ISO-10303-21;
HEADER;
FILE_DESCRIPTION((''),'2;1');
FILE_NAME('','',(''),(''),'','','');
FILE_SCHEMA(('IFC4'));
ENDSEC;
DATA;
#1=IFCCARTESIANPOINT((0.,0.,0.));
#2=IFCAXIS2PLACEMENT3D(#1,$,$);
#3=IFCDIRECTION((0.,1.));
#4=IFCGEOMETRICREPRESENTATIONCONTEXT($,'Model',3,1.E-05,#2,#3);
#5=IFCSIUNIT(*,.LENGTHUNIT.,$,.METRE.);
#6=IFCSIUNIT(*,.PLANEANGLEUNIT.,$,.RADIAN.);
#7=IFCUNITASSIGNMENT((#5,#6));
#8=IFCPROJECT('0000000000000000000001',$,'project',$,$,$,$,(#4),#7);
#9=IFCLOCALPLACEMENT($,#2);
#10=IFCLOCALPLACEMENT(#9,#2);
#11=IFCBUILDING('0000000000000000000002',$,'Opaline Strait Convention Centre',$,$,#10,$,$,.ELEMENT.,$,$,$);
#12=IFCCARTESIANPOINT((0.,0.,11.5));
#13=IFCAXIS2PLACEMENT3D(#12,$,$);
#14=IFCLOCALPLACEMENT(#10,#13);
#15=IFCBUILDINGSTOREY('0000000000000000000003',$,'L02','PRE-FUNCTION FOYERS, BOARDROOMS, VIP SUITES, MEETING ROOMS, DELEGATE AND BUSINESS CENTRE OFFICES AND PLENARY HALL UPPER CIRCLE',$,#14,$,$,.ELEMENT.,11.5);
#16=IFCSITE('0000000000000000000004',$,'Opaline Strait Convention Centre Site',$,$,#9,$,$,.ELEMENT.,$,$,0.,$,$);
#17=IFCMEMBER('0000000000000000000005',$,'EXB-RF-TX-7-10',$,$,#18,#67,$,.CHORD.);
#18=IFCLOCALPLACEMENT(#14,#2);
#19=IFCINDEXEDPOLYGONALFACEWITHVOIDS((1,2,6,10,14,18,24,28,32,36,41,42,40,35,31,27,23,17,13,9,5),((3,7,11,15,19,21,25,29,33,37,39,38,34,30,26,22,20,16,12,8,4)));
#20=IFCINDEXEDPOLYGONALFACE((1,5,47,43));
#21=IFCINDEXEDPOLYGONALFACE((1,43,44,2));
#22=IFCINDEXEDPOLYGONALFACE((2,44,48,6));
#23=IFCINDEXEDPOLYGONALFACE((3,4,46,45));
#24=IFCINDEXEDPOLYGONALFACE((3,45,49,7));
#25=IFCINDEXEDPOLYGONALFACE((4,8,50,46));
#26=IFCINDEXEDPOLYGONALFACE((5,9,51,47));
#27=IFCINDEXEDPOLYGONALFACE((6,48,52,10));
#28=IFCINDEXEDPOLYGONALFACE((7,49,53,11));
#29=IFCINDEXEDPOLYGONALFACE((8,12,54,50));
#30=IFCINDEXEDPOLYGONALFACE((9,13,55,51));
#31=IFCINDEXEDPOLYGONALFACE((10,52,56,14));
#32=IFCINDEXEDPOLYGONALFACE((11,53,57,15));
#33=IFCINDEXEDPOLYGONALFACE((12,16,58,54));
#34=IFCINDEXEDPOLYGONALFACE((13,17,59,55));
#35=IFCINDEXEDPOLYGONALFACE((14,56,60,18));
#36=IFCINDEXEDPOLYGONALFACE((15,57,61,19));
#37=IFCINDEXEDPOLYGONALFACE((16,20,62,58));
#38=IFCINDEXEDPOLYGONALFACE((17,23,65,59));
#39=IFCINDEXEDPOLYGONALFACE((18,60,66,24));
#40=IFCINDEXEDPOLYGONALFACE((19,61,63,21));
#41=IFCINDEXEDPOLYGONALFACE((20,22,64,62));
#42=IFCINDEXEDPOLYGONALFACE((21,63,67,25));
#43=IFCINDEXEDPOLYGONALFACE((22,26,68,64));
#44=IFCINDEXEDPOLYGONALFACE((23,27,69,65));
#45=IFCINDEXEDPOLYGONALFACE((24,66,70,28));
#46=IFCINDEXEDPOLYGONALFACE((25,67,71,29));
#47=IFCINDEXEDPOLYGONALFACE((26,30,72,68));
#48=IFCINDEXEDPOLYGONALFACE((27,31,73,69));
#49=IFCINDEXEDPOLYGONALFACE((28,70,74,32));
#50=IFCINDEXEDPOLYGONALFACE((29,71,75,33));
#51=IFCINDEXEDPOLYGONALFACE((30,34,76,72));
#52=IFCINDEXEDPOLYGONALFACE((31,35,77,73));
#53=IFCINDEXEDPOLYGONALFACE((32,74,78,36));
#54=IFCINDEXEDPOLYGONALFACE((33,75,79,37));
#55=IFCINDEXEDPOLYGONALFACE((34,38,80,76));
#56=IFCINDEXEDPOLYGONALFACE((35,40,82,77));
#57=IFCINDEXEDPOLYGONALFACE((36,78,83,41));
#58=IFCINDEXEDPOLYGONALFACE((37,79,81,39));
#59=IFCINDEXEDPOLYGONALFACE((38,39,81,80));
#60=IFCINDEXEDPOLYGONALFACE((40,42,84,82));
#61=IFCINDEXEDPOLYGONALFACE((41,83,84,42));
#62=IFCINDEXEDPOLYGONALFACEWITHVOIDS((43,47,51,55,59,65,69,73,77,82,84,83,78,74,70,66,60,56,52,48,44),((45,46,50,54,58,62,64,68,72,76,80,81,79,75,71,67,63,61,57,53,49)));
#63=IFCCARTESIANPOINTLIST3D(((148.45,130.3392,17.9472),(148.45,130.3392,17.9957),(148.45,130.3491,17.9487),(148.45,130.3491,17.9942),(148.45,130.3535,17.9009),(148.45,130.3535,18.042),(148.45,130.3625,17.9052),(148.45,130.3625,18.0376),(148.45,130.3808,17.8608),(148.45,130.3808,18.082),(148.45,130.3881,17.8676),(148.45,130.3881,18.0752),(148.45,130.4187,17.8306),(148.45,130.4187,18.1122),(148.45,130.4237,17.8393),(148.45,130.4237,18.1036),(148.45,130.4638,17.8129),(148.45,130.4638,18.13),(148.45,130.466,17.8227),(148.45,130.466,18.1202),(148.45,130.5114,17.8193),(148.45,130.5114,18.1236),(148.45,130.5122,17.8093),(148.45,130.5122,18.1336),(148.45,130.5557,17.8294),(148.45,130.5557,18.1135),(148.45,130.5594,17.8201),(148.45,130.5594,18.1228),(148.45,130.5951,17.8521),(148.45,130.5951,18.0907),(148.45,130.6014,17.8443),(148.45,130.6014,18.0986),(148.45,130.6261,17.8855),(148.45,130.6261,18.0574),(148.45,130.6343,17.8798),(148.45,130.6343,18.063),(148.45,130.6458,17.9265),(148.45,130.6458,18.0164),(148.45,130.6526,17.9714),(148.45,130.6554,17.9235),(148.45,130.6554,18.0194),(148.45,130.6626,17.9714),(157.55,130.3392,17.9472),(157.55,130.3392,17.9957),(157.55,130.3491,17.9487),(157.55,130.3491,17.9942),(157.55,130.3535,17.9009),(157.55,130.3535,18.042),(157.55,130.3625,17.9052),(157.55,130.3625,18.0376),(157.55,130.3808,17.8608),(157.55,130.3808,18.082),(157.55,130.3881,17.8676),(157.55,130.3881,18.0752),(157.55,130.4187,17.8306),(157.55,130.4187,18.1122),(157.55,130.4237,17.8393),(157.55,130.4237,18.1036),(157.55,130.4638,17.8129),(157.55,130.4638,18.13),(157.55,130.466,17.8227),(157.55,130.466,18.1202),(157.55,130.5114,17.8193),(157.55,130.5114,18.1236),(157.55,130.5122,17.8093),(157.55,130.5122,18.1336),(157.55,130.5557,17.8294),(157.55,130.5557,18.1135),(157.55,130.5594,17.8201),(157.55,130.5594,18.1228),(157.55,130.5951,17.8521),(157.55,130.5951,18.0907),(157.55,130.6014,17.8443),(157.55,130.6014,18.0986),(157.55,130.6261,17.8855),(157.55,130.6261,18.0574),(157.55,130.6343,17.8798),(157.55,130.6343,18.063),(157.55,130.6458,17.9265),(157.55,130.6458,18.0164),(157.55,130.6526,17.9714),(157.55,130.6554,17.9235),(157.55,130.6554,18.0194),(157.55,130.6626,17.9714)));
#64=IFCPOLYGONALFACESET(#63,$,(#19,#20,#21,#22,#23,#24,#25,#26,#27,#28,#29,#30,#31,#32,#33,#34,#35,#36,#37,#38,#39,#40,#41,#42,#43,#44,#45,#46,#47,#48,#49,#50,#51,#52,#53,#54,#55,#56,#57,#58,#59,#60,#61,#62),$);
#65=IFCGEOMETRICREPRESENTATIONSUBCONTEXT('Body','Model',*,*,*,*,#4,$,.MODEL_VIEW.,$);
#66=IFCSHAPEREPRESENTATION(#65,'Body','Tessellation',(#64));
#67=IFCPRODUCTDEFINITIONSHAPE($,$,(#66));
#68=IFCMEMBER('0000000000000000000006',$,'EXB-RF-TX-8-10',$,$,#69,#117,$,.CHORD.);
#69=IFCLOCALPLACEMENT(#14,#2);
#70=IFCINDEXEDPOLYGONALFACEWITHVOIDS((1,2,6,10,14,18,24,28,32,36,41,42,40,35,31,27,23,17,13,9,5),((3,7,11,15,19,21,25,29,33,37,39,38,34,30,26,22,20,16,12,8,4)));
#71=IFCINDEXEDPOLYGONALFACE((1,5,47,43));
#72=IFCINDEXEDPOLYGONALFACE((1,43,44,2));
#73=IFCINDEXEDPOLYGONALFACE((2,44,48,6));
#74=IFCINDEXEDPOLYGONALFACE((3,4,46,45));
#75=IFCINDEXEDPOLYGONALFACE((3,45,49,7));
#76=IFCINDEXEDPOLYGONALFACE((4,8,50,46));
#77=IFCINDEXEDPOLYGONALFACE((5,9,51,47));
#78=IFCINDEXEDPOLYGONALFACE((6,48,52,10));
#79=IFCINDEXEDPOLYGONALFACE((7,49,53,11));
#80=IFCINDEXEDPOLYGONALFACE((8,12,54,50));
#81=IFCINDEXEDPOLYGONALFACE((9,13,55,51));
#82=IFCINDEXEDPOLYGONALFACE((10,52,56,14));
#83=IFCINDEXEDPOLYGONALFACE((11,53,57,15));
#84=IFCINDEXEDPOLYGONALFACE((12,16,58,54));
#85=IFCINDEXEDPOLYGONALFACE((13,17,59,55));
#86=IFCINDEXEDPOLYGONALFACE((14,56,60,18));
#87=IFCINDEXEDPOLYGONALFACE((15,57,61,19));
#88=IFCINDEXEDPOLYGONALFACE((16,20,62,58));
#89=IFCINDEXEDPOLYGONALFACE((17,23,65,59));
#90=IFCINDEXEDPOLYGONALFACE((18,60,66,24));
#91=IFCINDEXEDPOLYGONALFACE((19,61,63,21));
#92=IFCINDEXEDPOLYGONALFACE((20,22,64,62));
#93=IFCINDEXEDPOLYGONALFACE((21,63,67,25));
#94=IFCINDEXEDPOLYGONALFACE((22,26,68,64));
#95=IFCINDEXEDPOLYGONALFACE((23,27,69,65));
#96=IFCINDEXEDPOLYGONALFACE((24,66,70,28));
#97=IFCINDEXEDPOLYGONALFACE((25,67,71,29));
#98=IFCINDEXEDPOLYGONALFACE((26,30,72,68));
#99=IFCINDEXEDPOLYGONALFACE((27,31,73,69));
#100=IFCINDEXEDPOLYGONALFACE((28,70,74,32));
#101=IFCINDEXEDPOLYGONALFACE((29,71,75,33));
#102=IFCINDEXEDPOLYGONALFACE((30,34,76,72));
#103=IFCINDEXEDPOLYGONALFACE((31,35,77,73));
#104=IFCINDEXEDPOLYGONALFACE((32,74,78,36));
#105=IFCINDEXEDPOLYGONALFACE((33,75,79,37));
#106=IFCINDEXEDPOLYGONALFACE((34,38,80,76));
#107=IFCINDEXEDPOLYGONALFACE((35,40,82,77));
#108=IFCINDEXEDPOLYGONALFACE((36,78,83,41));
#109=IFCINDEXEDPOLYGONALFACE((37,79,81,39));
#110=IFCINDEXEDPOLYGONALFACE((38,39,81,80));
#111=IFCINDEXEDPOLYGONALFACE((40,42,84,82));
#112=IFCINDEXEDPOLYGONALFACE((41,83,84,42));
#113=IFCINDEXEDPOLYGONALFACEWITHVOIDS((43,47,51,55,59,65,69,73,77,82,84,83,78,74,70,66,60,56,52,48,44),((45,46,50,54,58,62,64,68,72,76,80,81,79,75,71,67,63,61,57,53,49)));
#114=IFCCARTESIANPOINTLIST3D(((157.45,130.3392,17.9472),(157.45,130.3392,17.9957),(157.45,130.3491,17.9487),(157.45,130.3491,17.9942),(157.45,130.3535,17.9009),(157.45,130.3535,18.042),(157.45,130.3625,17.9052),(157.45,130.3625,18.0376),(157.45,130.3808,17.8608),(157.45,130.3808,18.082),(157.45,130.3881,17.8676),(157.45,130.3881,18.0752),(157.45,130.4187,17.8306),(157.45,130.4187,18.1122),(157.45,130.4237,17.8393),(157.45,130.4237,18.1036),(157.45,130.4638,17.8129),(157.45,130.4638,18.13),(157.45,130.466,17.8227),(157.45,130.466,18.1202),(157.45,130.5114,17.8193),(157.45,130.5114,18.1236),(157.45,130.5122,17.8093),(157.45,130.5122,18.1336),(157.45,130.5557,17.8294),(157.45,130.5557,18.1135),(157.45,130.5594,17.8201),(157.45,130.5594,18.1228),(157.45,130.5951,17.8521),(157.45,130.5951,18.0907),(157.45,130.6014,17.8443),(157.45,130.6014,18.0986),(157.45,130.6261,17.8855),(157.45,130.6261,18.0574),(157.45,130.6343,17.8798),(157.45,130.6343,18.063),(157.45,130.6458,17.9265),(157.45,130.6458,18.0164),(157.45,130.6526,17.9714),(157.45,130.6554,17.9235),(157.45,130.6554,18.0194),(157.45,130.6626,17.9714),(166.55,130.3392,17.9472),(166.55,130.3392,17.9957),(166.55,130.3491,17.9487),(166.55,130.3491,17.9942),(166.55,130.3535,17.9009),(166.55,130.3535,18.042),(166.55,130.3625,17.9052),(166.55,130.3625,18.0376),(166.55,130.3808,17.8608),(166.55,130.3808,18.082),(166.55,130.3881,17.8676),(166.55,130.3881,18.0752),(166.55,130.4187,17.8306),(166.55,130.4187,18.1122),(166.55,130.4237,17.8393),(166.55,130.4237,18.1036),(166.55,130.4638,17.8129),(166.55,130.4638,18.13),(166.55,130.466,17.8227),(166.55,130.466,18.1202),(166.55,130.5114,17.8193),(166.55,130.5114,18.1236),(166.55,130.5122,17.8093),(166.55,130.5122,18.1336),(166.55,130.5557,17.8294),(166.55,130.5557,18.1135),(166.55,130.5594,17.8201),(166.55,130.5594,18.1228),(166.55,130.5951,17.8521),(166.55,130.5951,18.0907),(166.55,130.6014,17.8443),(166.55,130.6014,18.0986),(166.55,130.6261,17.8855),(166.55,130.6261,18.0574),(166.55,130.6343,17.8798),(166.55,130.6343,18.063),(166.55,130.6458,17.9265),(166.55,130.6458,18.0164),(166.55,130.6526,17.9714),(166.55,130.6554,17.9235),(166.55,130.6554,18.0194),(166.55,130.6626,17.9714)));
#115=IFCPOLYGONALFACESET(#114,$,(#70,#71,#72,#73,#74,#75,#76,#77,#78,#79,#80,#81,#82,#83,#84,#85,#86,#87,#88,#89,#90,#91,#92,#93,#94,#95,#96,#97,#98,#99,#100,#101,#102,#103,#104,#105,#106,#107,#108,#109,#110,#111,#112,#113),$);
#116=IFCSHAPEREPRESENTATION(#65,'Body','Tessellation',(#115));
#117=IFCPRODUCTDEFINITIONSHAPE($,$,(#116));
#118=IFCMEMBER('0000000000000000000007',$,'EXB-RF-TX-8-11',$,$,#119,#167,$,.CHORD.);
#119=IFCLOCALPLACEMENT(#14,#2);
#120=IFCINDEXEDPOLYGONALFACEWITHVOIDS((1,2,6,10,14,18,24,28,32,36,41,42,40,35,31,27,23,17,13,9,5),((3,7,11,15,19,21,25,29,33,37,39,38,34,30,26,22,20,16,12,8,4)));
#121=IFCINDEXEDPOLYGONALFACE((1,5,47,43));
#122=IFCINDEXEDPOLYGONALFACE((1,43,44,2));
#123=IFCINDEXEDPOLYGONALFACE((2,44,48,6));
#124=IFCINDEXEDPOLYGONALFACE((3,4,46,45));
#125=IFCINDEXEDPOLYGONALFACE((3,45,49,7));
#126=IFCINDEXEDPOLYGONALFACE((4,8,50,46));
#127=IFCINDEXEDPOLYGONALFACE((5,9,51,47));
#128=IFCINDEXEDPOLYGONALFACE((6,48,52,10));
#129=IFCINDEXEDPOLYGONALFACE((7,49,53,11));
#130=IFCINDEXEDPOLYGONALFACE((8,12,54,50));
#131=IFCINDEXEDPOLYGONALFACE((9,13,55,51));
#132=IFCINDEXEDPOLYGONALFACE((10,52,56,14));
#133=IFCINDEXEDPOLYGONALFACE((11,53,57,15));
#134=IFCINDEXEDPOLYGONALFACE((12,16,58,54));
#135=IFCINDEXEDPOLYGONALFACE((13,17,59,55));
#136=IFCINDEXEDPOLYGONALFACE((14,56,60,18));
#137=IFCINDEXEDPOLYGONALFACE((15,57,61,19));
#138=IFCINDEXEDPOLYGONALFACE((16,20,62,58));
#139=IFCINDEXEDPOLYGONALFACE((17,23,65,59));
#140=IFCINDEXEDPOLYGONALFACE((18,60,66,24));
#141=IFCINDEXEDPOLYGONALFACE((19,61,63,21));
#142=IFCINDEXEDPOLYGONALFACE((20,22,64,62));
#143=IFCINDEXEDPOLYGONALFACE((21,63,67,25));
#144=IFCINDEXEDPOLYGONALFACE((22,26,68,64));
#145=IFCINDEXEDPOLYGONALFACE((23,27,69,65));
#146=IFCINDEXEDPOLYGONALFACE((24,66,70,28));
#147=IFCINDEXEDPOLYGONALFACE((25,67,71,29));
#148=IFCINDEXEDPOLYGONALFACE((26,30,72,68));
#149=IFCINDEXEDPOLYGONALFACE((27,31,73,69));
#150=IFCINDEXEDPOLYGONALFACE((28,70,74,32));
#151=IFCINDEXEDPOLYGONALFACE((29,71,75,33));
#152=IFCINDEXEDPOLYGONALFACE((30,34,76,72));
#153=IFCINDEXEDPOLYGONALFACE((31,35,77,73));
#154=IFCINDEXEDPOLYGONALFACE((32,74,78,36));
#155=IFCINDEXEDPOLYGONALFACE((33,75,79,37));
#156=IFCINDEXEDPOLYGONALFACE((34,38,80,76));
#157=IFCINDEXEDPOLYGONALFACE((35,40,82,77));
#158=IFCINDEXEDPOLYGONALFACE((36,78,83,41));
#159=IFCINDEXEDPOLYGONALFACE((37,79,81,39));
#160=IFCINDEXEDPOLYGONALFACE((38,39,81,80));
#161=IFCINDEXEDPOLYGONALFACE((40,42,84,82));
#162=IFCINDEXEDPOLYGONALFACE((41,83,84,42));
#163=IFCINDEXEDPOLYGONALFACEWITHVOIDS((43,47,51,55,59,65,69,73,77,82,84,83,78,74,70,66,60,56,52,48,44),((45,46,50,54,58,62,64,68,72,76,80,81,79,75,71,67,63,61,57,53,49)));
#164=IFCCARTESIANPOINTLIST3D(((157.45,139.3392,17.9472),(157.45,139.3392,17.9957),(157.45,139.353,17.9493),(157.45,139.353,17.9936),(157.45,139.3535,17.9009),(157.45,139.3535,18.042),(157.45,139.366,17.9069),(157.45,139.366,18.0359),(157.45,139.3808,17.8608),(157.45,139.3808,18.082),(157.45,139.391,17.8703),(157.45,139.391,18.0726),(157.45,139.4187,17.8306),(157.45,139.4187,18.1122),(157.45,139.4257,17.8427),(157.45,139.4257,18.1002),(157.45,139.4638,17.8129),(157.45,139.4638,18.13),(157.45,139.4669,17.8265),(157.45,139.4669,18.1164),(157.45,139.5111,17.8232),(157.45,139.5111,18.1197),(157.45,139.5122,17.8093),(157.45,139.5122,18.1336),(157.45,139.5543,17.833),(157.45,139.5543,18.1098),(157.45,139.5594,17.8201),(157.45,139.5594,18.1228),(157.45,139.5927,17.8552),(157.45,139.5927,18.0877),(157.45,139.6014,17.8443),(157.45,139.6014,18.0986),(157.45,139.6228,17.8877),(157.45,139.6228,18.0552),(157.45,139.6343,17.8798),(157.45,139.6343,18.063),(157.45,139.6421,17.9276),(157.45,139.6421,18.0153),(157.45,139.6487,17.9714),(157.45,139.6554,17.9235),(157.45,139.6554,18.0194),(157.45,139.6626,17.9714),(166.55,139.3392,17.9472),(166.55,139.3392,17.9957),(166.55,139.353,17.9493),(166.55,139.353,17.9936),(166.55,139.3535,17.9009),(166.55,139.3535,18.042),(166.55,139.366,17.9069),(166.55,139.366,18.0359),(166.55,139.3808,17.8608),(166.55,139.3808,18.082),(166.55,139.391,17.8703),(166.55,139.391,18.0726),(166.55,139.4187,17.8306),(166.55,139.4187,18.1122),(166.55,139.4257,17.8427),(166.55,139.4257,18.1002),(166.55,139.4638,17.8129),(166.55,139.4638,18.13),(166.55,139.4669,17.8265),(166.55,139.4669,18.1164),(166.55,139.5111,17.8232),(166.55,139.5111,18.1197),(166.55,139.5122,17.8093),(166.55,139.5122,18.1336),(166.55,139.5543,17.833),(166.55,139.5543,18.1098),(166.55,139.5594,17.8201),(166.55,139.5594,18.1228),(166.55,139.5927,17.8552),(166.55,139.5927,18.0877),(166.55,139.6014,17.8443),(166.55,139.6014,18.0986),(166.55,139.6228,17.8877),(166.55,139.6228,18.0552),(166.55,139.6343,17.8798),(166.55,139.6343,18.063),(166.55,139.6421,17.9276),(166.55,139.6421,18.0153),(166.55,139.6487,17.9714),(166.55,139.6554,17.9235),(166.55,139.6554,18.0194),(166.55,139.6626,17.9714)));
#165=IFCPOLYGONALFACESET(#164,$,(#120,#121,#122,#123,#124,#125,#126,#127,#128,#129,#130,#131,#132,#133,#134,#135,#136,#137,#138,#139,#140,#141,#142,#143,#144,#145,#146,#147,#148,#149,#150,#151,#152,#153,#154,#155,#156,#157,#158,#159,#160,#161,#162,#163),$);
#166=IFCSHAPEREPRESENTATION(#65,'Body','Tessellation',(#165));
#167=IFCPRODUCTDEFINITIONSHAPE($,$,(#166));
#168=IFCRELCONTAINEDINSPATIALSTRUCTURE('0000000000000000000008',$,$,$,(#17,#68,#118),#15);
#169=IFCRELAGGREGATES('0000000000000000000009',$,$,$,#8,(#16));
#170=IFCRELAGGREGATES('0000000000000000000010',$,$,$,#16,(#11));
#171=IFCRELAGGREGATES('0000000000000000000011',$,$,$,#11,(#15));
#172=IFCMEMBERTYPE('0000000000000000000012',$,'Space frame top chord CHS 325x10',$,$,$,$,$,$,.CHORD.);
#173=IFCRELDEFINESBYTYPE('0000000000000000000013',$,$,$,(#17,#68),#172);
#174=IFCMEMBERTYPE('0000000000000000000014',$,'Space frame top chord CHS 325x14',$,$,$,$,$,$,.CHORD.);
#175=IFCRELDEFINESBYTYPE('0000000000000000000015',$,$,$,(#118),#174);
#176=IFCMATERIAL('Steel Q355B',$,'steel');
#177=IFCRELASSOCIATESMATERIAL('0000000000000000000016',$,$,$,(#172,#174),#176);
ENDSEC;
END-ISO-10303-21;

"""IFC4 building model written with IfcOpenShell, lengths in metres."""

from ifc_helpers import new_model, si_unit, direction, frame, origin, origin_2d, place, context, subcontext, project, spatial, hollow_circle, extrude, material, material_profile, profile_set, type_object, element, save


model = new_model("IFC4")

# Units and contexts
model_context = context("Model", 3, precision=1e-05, world=origin(), true_north=direction((0.0, 1.0)))
body_context = subcontext(model_context, "Body", "Model", "MODEL_VIEW")
ifc_project = project(units=[si_unit("LENGTHUNIT", "METRE"), si_unit("PLANEANGLEUNIT", "RADIAN")], contexts=[model_context])

# Site, building, storey
site_placement = place(None, origin())
site = spatial("IfcSite", under=ifc_project, at=site_placement, Name="Opaline Strait Convention Centre Site", CompositionType="ELEMENT", RefElevation=0.0)
building_placement = place(site_placement, origin())
building = spatial("IfcBuilding", under=site, at=building_placement, Name="Opaline Strait Convention Centre", CompositionType="ELEMENT")
storey_placement = place(building_placement, frame((0.0, 0.0, 11.5)))
storey = spatial("IfcBuildingStorey", under=building, at=storey_placement, Name="L02", Description="PRE-FUNCTION FOYERS, BOARDROOMS, VIP SUITES, MEETING ROOMS, DELEGATE AND BUSINESS CENTRE OFFICES AND PLENARY HALL UPPER CIRCLE", CompositionType="ELEMENT", Elevation=11.5)

# Members
ifc_material_1 = material(Name="Steel Q355B", Category="steel")
ifc_material_profile_1 = material_profile(ifc_material_1, hollow_circle(Radius=0.1626, WallThickness=0.01, at=origin_2d()), Name="CHS 325x10")
ifc_profile_set_1 = profile_set([ifc_material_profile_1], Name="Steel Q355B")
member_type_1 = type_object("IfcMemberType", Name="Space frame top chord CHS 325x10", PredefinedType="CHORD", material=ifc_profile_set_1)
for number, where, z_axis, x_axis, name in (
    (1, (148.45, 130.5, 17.9714), (1.0, 0.0, 0.0), (0.0, 1.0, 0.0), "EXB-RF-TX-7-10"),
    (2, (157.45, 130.5, 17.9714), (1.0, 0.0, 0.0), (0.0, 1.0, 0.0), "EXB-RF-TX-8-10"),
):
    element("IfcMember", number, at=place(storey_placement, frame(where, z_axis=z_axis, x_axis=x_axis)), inside=storey, type_object=member_type_1, Name=name, PredefinedType="CHORD", context=body_context, shape_type="SweptSolid", body=[
        extrude(hollow_circle(Radius=0.1626, WallThickness=0.01, at=origin_2d()), origin(), (0.0, 0.0, 1.0), 9.1001),
    ])
ifc_material_profile_2 = material_profile(ifc_material_1, hollow_circle(Radius=0.1626, WallThickness=0.0139, at=origin_2d()), Name="CHS 325x14")
ifc_profile_set_2 = profile_set([ifc_material_profile_2], Name="Steel Q355B")
member_type_2 = type_object("IfcMemberType", Name="Space frame top chord CHS 325x14", PredefinedType="CHORD", material=ifc_profile_set_2)
member_1_placement = place(storey_placement, frame((157.45, 139.5, 17.9714), z_axis=(1.0, 0.0, 0.0), x_axis=(0.0, 1.0, 0.0)))
element("IfcMember", 3, at=member_1_placement, inside=storey, type_object=member_type_2, Name="EXB-RF-TX-8-11", PredefinedType="CHORD", context=body_context, shape_type="SweptSolid", body=[
    extrude(hollow_circle(Radius=0.1626, WallThickness=0.0139, at=origin_2d()), origin(), (0.0, 0.0, 1.0), 9.1001),
])

save(model, "model.ifc")
